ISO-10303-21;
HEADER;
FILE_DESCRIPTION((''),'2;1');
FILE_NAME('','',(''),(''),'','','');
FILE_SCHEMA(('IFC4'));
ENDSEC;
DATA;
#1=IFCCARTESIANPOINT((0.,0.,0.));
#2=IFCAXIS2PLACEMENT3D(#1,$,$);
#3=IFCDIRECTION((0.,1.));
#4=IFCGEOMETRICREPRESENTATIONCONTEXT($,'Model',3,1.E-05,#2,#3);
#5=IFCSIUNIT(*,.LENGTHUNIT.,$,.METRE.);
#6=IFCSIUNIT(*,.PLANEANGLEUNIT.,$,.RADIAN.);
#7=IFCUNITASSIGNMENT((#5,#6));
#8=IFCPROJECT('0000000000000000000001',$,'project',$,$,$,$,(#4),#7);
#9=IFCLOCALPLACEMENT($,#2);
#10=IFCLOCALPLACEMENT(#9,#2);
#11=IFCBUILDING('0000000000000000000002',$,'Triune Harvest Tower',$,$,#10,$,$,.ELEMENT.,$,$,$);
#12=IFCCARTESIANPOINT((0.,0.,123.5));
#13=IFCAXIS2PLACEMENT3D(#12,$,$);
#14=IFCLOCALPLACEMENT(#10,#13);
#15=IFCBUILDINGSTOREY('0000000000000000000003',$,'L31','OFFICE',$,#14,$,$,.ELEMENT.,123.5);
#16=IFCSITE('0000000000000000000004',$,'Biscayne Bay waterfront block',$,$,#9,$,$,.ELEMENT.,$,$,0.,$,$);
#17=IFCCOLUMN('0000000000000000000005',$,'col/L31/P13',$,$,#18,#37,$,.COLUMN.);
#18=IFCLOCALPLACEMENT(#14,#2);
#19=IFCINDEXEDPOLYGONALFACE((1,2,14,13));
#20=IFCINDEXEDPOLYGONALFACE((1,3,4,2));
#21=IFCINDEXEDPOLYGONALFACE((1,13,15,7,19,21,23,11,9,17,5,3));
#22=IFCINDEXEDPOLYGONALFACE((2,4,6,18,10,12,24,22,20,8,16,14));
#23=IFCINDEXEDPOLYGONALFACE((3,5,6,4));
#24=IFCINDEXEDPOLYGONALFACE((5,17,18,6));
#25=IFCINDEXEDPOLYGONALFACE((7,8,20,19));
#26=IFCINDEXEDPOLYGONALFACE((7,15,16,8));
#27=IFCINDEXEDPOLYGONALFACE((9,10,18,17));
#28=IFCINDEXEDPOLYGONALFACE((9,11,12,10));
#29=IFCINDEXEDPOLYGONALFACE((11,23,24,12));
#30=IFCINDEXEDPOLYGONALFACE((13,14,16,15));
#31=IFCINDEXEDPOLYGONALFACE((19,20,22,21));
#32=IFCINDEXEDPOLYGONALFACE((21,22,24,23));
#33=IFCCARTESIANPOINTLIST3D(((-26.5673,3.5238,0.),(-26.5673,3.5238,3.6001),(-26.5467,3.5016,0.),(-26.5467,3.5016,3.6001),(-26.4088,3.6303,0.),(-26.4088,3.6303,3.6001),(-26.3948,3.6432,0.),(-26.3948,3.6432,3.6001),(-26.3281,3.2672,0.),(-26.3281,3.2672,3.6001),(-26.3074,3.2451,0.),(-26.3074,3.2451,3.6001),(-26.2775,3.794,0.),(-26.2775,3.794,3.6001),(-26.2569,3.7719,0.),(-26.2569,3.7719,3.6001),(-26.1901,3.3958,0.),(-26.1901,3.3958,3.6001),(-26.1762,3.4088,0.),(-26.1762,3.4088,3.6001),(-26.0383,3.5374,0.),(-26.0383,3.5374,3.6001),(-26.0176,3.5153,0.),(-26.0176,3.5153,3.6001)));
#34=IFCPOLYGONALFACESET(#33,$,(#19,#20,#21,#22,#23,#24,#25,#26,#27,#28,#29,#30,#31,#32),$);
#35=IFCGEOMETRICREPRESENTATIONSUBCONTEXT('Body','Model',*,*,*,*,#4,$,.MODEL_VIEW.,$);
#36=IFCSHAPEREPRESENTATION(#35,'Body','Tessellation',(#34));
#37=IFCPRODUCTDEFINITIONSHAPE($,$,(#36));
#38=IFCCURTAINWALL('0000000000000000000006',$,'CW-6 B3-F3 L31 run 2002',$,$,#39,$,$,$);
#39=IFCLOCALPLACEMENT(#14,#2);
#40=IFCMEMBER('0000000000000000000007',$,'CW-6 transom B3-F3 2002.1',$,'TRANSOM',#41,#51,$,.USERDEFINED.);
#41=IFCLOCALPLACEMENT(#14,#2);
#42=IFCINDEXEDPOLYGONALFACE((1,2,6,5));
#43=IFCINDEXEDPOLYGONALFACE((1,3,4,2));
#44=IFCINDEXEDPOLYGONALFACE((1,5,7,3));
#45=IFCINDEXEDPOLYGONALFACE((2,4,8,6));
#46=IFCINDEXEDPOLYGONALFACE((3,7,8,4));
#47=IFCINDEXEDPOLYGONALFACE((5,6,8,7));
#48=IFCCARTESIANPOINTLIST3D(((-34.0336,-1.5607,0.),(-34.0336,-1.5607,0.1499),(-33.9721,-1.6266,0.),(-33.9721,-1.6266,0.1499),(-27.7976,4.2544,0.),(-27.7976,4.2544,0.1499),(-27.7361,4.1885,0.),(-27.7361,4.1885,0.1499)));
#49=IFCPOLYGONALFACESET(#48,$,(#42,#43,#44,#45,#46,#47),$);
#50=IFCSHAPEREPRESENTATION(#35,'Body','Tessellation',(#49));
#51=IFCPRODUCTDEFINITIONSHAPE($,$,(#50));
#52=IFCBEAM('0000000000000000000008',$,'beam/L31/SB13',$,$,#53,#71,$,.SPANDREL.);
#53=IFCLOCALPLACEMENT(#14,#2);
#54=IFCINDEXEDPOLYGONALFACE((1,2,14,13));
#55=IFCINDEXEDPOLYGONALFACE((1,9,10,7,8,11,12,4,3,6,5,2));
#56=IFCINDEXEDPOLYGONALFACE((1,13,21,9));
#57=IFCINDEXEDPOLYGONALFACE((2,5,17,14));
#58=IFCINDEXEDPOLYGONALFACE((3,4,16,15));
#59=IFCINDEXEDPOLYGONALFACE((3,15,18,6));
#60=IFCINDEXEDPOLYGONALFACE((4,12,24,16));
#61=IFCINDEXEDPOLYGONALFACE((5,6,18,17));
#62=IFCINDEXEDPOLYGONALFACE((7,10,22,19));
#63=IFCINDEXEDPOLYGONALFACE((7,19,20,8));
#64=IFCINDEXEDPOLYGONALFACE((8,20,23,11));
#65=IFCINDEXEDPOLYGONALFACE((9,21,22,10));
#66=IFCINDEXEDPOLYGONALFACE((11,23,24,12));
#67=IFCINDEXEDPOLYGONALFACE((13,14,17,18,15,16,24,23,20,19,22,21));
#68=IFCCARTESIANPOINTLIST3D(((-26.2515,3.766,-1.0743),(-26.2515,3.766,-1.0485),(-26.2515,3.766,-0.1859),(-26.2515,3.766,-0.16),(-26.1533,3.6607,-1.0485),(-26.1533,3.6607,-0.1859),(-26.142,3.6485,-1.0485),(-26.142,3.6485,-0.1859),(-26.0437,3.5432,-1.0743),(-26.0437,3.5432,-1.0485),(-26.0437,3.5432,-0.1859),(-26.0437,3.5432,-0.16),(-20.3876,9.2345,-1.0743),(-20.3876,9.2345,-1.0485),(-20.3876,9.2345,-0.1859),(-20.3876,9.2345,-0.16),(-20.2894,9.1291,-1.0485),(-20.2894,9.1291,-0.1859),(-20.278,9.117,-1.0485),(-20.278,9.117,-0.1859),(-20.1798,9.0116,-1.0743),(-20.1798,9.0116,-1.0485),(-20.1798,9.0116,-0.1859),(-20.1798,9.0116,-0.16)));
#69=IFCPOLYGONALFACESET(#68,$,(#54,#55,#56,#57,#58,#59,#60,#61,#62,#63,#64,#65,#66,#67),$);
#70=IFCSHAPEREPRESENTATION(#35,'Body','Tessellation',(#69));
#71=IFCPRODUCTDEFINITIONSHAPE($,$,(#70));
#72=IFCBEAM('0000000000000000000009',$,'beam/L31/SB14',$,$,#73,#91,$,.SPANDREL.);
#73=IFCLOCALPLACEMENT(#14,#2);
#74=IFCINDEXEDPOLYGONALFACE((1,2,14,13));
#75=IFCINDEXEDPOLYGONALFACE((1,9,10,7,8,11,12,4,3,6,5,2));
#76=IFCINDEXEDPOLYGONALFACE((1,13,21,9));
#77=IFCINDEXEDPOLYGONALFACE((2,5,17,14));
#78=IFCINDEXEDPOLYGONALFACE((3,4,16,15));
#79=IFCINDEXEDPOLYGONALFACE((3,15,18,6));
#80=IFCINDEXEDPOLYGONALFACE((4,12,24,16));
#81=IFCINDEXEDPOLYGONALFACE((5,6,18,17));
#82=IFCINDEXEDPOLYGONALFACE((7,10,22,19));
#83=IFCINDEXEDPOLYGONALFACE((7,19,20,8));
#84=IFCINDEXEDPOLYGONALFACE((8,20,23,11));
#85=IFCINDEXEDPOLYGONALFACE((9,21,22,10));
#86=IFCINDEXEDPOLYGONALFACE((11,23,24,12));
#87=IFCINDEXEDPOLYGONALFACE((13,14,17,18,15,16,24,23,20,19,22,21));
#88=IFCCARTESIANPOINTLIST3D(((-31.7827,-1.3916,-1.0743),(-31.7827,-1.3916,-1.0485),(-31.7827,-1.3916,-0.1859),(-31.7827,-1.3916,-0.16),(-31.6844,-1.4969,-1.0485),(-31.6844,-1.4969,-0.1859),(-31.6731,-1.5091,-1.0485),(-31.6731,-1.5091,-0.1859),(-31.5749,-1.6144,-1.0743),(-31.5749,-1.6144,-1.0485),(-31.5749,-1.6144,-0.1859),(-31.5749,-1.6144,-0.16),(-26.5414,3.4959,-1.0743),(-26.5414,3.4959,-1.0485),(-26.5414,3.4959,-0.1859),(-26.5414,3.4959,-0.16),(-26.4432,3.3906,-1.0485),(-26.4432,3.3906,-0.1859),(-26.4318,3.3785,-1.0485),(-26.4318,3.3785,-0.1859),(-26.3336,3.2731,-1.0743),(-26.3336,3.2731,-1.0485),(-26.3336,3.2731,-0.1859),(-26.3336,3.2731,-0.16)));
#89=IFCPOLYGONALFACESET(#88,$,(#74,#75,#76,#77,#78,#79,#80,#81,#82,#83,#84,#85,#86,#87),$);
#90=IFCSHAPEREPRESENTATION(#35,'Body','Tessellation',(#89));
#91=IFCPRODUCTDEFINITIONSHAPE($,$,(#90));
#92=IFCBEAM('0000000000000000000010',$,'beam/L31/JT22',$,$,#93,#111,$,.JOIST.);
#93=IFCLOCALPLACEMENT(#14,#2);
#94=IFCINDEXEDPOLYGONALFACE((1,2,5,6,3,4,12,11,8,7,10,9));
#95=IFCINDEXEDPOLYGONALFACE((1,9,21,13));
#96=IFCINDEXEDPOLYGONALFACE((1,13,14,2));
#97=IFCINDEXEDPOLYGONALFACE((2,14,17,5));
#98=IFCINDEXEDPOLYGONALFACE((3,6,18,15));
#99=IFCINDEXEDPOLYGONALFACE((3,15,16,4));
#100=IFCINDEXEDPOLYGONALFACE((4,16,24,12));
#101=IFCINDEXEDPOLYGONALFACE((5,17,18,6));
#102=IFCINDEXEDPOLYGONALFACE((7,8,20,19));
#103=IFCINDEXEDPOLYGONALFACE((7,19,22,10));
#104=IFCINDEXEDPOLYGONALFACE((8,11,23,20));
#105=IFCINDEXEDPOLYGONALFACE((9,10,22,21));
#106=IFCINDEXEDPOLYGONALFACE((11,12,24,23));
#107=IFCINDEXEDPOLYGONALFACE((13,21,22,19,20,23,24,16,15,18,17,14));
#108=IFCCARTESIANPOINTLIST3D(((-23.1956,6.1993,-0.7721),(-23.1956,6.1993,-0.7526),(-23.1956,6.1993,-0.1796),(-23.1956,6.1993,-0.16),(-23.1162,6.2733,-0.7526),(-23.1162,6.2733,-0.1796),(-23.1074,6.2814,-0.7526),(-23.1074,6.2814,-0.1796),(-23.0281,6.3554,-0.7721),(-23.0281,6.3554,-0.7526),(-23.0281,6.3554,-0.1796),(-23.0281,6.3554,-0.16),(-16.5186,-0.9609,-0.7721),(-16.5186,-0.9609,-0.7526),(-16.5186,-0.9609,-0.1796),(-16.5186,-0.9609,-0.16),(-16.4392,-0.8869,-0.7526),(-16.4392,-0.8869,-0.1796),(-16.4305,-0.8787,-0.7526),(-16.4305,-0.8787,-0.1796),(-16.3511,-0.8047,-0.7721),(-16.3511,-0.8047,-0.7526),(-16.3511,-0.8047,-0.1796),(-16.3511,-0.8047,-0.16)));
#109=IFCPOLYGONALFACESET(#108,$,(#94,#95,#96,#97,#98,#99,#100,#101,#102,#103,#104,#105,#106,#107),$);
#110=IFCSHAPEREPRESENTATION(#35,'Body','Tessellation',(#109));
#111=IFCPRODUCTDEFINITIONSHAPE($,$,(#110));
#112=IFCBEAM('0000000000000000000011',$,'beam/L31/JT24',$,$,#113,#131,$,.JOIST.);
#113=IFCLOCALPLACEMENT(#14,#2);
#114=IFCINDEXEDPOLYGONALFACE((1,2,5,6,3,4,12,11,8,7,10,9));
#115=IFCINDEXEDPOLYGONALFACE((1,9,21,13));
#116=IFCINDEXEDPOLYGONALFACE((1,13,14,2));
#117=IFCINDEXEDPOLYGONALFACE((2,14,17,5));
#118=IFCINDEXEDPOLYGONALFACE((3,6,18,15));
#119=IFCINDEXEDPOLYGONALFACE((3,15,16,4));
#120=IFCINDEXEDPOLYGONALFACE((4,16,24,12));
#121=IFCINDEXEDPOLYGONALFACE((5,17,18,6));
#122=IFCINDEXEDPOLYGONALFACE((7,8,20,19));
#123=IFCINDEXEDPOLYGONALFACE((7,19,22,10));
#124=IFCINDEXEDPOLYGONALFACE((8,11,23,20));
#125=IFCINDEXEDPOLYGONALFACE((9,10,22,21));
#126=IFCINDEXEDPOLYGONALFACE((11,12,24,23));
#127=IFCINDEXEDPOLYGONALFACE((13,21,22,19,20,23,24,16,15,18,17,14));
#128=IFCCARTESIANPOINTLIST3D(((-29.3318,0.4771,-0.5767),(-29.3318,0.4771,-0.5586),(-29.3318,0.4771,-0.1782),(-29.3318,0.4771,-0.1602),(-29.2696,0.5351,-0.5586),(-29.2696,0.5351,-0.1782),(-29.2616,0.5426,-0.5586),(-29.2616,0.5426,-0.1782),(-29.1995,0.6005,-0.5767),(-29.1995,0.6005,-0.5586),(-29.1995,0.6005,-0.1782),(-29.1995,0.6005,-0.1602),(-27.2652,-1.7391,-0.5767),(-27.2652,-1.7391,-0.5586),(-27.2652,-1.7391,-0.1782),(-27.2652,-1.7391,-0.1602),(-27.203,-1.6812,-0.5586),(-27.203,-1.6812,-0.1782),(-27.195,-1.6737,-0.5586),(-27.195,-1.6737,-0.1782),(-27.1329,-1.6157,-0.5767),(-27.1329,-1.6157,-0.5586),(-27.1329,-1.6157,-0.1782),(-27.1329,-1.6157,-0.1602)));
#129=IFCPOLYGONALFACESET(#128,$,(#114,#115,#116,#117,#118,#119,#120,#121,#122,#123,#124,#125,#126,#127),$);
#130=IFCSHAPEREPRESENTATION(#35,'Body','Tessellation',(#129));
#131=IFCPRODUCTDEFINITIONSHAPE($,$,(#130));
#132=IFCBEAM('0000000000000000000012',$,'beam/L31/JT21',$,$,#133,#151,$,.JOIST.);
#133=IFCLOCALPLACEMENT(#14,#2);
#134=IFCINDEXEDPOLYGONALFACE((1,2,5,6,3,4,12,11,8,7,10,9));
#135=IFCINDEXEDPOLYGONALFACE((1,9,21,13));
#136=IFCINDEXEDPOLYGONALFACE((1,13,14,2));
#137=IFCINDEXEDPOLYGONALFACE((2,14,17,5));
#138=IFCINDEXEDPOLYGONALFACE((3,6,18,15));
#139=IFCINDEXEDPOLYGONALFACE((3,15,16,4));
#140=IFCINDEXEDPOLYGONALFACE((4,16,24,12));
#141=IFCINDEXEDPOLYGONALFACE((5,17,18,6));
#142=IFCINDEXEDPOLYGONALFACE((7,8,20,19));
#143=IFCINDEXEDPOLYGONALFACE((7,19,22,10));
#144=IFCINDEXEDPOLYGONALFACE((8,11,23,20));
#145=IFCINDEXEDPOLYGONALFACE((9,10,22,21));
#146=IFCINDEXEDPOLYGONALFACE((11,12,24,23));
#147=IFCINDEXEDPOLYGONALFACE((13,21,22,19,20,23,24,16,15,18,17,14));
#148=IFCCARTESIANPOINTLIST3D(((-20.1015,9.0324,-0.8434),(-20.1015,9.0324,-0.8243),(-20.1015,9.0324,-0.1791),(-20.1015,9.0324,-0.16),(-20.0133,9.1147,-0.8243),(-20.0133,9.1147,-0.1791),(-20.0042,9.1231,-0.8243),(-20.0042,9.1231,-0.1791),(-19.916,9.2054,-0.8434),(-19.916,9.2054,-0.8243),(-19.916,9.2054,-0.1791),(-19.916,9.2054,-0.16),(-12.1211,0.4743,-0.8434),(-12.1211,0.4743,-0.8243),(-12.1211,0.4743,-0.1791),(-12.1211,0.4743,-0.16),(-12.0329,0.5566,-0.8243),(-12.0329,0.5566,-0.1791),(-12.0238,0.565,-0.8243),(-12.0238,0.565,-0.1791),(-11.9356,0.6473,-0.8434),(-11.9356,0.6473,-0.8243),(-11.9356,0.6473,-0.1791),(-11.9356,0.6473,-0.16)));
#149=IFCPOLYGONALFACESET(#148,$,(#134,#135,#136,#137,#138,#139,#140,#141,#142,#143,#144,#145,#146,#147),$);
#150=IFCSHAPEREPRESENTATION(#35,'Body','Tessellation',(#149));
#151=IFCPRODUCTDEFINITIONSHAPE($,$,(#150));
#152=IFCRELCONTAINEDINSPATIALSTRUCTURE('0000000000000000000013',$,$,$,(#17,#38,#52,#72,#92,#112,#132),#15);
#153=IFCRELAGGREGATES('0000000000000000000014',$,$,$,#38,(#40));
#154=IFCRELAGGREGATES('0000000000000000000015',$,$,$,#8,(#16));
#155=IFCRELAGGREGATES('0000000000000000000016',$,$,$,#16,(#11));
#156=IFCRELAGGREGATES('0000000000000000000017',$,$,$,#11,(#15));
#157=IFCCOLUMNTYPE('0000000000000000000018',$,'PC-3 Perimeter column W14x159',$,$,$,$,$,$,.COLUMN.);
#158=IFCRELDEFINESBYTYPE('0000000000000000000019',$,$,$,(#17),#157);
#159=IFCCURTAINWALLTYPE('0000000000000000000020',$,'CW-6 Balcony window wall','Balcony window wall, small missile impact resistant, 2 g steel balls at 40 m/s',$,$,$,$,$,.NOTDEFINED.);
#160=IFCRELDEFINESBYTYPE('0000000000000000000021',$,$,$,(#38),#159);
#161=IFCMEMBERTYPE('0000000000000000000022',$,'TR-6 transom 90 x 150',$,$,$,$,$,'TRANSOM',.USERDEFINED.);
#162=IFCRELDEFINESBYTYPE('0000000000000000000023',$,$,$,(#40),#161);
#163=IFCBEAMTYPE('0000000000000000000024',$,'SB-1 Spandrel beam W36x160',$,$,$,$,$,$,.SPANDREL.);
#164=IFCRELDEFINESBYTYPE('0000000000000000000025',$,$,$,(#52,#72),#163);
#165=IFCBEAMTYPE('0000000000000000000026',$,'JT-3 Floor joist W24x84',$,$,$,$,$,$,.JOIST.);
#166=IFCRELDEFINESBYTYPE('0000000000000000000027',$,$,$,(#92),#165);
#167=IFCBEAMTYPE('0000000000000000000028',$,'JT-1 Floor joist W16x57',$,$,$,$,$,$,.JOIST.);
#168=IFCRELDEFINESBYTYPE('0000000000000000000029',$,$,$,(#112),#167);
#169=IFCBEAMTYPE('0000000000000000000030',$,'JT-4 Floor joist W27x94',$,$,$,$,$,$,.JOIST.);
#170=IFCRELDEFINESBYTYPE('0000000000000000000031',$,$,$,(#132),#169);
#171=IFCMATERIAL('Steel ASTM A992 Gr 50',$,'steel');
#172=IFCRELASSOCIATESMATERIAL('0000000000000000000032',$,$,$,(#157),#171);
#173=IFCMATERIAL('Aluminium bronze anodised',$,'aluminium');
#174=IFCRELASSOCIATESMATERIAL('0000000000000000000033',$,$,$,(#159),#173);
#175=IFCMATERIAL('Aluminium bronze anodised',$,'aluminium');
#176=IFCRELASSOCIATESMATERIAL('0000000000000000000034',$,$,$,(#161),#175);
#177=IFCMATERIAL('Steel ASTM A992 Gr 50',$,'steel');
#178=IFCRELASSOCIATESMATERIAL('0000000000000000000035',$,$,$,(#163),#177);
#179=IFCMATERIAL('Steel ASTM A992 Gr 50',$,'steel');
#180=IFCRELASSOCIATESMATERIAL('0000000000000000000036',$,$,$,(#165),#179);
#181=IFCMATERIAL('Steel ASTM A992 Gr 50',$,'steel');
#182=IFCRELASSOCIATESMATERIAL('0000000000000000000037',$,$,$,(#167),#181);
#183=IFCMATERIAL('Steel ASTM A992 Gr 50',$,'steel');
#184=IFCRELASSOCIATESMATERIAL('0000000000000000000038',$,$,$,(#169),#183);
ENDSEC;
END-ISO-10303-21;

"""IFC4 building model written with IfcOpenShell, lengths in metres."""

from ifc_helpers import new_model, si_unit, direction, frame, origin, origin_2d, place, context, subcontext, project, spatial, rectangle, i_section, extrude, source, transform, mapped, material, material_profile, profile_set, type_object, element, aggregate, save


model = new_model("IFC4")

# Units and contexts
model_context = context("Model", 3, precision=1e-05, world=origin(), true_north=direction((0.0, 1.0)))
body_context = subcontext(model_context, "Body", "Model", "MODEL_VIEW")
ifc_project = project(units=[si_unit("LENGTHUNIT", "METRE"), si_unit("PLANEANGLEUNIT", "RADIAN")], contexts=[model_context])

# Site, building, storey
site_placement = place(None, origin())
site = spatial("IfcSite", under=ifc_project, at=site_placement, Name="Biscayne Bay waterfront block", CompositionType="ELEMENT", RefElevation=0.0)
building_placement = place(site_placement, origin())
building = spatial("IfcBuilding", under=site, at=building_placement, Name="Triune Harvest Tower", CompositionType="ELEMENT")
storey_placement = place(building_placement, frame((0.0, 0.0, 123.5)))
storey = spatial("IfcBuildingStorey", under=building, at=storey_placement, Name="L31", Description="OFFICE", CompositionType="ELEMENT", Elevation=123.5)

# Column
ifc_material_1 = material(Name="Steel ASTM A992 Gr 50", Category="steel")
ifc_material_profile_1 = material_profile(ifc_material_1, i_section(OverallWidth=0.3962, OverallDepth=0.3811, WebThickness=0.019, FlangeThickness=0.0303, at=origin_2d()), Name="W14x159")
ifc_profile_set_1 = profile_set([ifc_material_profile_1], Name="Steel ASTM A992 Gr 50")
column_type = type_object("IfcColumnType", Name="PC-3 Perimeter column W14x159", PredefinedType="COLUMN", material=ifc_profile_set_1)
shared_shape_1 = source(origin(), body_context, "Body", "SweptSolid", [
    extrude(i_section(OverallWidth=0.3962, OverallDepth=0.3811, WebThickness=0.019, FlangeThickness=0.0303, at=origin_2d()), origin(), (0.0, 0.0, 1.0), 3.6001),
])
column_placement = place(storey_placement, frame((-26.2925, 3.5195, 0.0), z_axis=(0.0, 0.0, 1.0), x_axis=(-0.731355, -0.681997, 0.0)))
element("IfcColumn", 1, at=column_placement, inside=storey, type_object=column_type, Name="col/L31/P13", PredefinedType="COLUMN", context=body_context, shape_type="MappedRepresentation", body=[
    mapped(shared_shape_1, transform((0.0, 0.0, 0.0), scale=1.0)),
])

# Curtain wall, member
ifc_material_2 = material(Name="Aluminium bronze anodised", Category="aluminium")
curtain_wall_type_1 = type_object("IfcCurtainWallType", Name="CW-6 Balcony window wall", Description="Balcony window wall, small missile impact resistant, 2 g steel balls at 40 m/s", PredefinedType="NOTDEFINED", material=ifc_material_2)
curtain_wall_1_placement = place(storey_placement, origin())
curtain_wall_1 = element("IfcCurtainWall", 2, at=curtain_wall_1_placement, inside=storey, type_object=curtain_wall_type_1, Name="CW-6 B3-F3 L31 run 2002")
ifc_material_3 = material(Name="Aluminium bronze anodised", Category="aluminium")
ifc_material_profile_2 = material_profile(ifc_material_3, rectangle(XDim=0.0901, YDim=0.1499, at=origin_2d()), Name="TR-6 transom 90 x 150")
ifc_profile_set_2 = profile_set([ifc_material_profile_2], Name="Aluminium bronze anodised")
member_type_1 = type_object("IfcMemberType", Name="TR-6 transom 90 x 150", ElementType="TRANSOM", PredefinedType="USERDEFINED", material=ifc_profile_set_2)
member_1_placement = place(storey_placement, frame((-27.7668, 4.2214, 0.075), z_axis=(-0.731357, -0.681995, 0.0), x_axis=(0.681995, -0.731357, 0.0)))
member_1 = element("IfcMember", 3, at=member_1_placement, type_object=member_type_1, Name="CW-6 transom B3-F3 2002.1", ObjectType="TRANSOM", PredefinedType="USERDEFINED", context=body_context, shape_type="SweptSolid", body=[
    extrude(rectangle(XDim=0.0901, YDim=0.1499, at=origin_2d()), origin(), (0.0, 0.0, 1.0), 8.5266),
])

# Beams
ifc_material_4 = material(Name="Steel ASTM A992 Gr 50", Category="steel")
ifc_material_profile_3 = material_profile(ifc_material_4, i_section(OverallWidth=0.3047, OverallDepth=0.9143, WebThickness=0.0166, FlangeThickness=0.0259, at=origin_2d()), Name="W36x160")
ifc_profile_set_3 = profile_set([ifc_material_profile_3], Name="Steel ASTM A992 Gr 50")
beam_type_1 = type_object("IfcBeamType", Name="SB-1 Spandrel beam W36x160", PredefinedType="SPANDREL", material=ifc_profile_set_3)
shared_shape_2 = source(origin(), body_context, "Body", "SweptSolid", [
    extrude(i_section(OverallWidth=0.3047, OverallDepth=0.9143, WebThickness=0.0166, FlangeThickness=0.0259, at=origin_2d()), origin(), (0.0, 0.0, 1.0), 8.0181),
])
beam_1_placement = place(storey_placement, frame((-20.2837, 9.123, -0.6172), z_axis=(-0.73134, -0.682013, 0.0), x_axis=(0.682013, -0.73134, 0.0)))
element("IfcBeam", 4, at=beam_1_placement, inside=storey, type_object=beam_type_1, Name="beam/L31/SB13", PredefinedType="SPANDREL", context=body_context, shape_type="MappedRepresentation", body=[
    mapped(shared_shape_2, transform((0.0, 0.0, 0.0), scale=1.0)),
])
shared_shape_3 = source(origin(), body_context, "Body", "SweptSolid", [
    extrude(i_section(OverallWidth=0.3047, OverallDepth=0.9143, WebThickness=0.0166, FlangeThickness=0.0259, at=origin_2d()), origin(), (0.0, 0.0, 1.0), 7.1665),
])
beam_2_placement = place(storey_placement, frame((-26.4375, 3.3845, -0.6172), z_axis=(-0.731358, -0.681994, 0.0), x_axis=(0.681994, -0.731358, 0.0)))
element("IfcBeam", 5, at=beam_2_placement, inside=storey, type_object=beam_type_1, Name="beam/L31/SB14", PredefinedType="SPANDREL", context=body_context, shape_type="MappedRepresentation", body=[
    mapped(shared_shape_3, transform((0.0, 0.0, 0.0), scale=1.0)),
])
ifc_material_5 = material(Name="Steel ASTM A992 Gr 50", Category="steel")
ifc_material_profile_4 = material_profile(ifc_material_5, i_section(OverallWidth=0.229, OverallDepth=0.6121, WebThickness=0.012, FlangeThickness=0.0195, at=origin_2d()), Name="W24x84")
ifc_profile_set_4 = profile_set([ifc_material_profile_4], Name="Steel ASTM A992 Gr 50")
beam_type_2 = type_object("IfcBeamType", Name="JT-3 Floor joist W24x84", PredefinedType="JOIST", material=ifc_profile_set_4)
shared_shape_4 = source(origin(), body_context, "Body", "SweptSolid", [
    extrude(i_section(OverallWidth=0.229, OverallDepth=0.6121, WebThickness=0.012, FlangeThickness=0.0195, at=origin_2d()), origin(), (0.0, 0.0, 1.0), 9.7903),
])
beam_3_placement = place(storey_placement, frame((-23.1118, 6.2773, -0.4661), z_axis=(0.682001, -0.731351, 0.0), x_axis=(0.731351, 0.682001, 0.0)))
element("IfcBeam", 6, at=beam_3_placement, inside=storey, type_object=beam_type_2, Name="beam/L31/JT22", PredefinedType="JOIST", context=body_context, shape_type="MappedRepresentation", body=[
    mapped(shared_shape_4, transform((0.0, 0.0, 0.0), scale=1.0)),
])
ifc_material_6 = material(Name="Steel ASTM A992 Gr 50", Category="steel")
ifc_material_profile_5 = material_profile(ifc_material_6, i_section(OverallWidth=0.1809, OverallDepth=0.4165, WebThickness=0.011, FlangeThickness=0.0181, at=origin_2d()), Name="W16x57")
ifc_profile_set_5 = profile_set([ifc_material_profile_5], Name="Steel ASTM A992 Gr 50")
beam_type_3 = type_object("IfcBeamType", Name="JT-1 Floor joist W16x57", PredefinedType="JOIST", material=ifc_profile_set_5)
shared_shape_5 = source(origin(), body_context, "Body", "SweptSolid", [
    extrude(i_section(OverallWidth=0.1809, OverallDepth=0.4165, WebThickness=0.011, FlangeThickness=0.0181, at=origin_2d()), origin(), (0.0, 0.0, 1.0), 3.0303),
])
beam_4_placement = place(storey_placement, frame((-29.2656, 0.5388, -0.3684), z_axis=(0.681982, -0.731369, 0.0), x_axis=(0.731369, 0.681982, 0.0)))
element("IfcBeam", 7, at=beam_4_placement, inside=storey, type_object=beam_type_3, Name="beam/L31/JT24", PredefinedType="JOIST", context=body_context, shape_type="MappedRepresentation", body=[
    mapped(shared_shape_5, transform((0.0, 0.0, 0.0), scale=1.0)),
])
ifc_material_7 = material(Name="Steel ASTM A992 Gr 50", Category="steel")
ifc_material_profile_6 = material_profile(ifc_material_7, i_section(OverallWidth=0.2537, OverallDepth=0.6833, WebThickness=0.0125, FlangeThickness=0.019, at=origin_2d()), Name="W27x94")
ifc_profile_set_6 = profile_set([ifc_material_profile_6], Name="Steel ASTM A992 Gr 50")
beam_type_4 = type_object("IfcBeamType", Name="JT-4 Floor joist W27x94", PredefinedType="JOIST", material=ifc_profile_set_6)
shared_shape_6 = source(origin(), body_context, "Body", "SweptSolid", [
    extrude(i_section(OverallWidth=0.2537, OverallDepth=0.6833, WebThickness=0.0125, FlangeThickness=0.019, at=origin_2d()), origin(), (0.0, 0.0, 1.0), 11.7017),
])
beam_5_placement = place(storey_placement, frame((-20.0088, 9.1189, -0.5017), z_axis=(0.681994, -0.731358, 0.0), x_axis=(0.731358, 0.681994, 0.0)))
element("IfcBeam", 8, at=beam_5_placement, inside=storey, type_object=beam_type_4, Name="beam/L31/JT21", PredefinedType="JOIST", context=body_context, shape_type="MappedRepresentation", body=[
    mapped(shared_shape_6, transform((0.0, 0.0, 0.0), scale=1.0)),
])

aggregate(curtain_wall_1, [member_1])

save(model, "model.ifc")
